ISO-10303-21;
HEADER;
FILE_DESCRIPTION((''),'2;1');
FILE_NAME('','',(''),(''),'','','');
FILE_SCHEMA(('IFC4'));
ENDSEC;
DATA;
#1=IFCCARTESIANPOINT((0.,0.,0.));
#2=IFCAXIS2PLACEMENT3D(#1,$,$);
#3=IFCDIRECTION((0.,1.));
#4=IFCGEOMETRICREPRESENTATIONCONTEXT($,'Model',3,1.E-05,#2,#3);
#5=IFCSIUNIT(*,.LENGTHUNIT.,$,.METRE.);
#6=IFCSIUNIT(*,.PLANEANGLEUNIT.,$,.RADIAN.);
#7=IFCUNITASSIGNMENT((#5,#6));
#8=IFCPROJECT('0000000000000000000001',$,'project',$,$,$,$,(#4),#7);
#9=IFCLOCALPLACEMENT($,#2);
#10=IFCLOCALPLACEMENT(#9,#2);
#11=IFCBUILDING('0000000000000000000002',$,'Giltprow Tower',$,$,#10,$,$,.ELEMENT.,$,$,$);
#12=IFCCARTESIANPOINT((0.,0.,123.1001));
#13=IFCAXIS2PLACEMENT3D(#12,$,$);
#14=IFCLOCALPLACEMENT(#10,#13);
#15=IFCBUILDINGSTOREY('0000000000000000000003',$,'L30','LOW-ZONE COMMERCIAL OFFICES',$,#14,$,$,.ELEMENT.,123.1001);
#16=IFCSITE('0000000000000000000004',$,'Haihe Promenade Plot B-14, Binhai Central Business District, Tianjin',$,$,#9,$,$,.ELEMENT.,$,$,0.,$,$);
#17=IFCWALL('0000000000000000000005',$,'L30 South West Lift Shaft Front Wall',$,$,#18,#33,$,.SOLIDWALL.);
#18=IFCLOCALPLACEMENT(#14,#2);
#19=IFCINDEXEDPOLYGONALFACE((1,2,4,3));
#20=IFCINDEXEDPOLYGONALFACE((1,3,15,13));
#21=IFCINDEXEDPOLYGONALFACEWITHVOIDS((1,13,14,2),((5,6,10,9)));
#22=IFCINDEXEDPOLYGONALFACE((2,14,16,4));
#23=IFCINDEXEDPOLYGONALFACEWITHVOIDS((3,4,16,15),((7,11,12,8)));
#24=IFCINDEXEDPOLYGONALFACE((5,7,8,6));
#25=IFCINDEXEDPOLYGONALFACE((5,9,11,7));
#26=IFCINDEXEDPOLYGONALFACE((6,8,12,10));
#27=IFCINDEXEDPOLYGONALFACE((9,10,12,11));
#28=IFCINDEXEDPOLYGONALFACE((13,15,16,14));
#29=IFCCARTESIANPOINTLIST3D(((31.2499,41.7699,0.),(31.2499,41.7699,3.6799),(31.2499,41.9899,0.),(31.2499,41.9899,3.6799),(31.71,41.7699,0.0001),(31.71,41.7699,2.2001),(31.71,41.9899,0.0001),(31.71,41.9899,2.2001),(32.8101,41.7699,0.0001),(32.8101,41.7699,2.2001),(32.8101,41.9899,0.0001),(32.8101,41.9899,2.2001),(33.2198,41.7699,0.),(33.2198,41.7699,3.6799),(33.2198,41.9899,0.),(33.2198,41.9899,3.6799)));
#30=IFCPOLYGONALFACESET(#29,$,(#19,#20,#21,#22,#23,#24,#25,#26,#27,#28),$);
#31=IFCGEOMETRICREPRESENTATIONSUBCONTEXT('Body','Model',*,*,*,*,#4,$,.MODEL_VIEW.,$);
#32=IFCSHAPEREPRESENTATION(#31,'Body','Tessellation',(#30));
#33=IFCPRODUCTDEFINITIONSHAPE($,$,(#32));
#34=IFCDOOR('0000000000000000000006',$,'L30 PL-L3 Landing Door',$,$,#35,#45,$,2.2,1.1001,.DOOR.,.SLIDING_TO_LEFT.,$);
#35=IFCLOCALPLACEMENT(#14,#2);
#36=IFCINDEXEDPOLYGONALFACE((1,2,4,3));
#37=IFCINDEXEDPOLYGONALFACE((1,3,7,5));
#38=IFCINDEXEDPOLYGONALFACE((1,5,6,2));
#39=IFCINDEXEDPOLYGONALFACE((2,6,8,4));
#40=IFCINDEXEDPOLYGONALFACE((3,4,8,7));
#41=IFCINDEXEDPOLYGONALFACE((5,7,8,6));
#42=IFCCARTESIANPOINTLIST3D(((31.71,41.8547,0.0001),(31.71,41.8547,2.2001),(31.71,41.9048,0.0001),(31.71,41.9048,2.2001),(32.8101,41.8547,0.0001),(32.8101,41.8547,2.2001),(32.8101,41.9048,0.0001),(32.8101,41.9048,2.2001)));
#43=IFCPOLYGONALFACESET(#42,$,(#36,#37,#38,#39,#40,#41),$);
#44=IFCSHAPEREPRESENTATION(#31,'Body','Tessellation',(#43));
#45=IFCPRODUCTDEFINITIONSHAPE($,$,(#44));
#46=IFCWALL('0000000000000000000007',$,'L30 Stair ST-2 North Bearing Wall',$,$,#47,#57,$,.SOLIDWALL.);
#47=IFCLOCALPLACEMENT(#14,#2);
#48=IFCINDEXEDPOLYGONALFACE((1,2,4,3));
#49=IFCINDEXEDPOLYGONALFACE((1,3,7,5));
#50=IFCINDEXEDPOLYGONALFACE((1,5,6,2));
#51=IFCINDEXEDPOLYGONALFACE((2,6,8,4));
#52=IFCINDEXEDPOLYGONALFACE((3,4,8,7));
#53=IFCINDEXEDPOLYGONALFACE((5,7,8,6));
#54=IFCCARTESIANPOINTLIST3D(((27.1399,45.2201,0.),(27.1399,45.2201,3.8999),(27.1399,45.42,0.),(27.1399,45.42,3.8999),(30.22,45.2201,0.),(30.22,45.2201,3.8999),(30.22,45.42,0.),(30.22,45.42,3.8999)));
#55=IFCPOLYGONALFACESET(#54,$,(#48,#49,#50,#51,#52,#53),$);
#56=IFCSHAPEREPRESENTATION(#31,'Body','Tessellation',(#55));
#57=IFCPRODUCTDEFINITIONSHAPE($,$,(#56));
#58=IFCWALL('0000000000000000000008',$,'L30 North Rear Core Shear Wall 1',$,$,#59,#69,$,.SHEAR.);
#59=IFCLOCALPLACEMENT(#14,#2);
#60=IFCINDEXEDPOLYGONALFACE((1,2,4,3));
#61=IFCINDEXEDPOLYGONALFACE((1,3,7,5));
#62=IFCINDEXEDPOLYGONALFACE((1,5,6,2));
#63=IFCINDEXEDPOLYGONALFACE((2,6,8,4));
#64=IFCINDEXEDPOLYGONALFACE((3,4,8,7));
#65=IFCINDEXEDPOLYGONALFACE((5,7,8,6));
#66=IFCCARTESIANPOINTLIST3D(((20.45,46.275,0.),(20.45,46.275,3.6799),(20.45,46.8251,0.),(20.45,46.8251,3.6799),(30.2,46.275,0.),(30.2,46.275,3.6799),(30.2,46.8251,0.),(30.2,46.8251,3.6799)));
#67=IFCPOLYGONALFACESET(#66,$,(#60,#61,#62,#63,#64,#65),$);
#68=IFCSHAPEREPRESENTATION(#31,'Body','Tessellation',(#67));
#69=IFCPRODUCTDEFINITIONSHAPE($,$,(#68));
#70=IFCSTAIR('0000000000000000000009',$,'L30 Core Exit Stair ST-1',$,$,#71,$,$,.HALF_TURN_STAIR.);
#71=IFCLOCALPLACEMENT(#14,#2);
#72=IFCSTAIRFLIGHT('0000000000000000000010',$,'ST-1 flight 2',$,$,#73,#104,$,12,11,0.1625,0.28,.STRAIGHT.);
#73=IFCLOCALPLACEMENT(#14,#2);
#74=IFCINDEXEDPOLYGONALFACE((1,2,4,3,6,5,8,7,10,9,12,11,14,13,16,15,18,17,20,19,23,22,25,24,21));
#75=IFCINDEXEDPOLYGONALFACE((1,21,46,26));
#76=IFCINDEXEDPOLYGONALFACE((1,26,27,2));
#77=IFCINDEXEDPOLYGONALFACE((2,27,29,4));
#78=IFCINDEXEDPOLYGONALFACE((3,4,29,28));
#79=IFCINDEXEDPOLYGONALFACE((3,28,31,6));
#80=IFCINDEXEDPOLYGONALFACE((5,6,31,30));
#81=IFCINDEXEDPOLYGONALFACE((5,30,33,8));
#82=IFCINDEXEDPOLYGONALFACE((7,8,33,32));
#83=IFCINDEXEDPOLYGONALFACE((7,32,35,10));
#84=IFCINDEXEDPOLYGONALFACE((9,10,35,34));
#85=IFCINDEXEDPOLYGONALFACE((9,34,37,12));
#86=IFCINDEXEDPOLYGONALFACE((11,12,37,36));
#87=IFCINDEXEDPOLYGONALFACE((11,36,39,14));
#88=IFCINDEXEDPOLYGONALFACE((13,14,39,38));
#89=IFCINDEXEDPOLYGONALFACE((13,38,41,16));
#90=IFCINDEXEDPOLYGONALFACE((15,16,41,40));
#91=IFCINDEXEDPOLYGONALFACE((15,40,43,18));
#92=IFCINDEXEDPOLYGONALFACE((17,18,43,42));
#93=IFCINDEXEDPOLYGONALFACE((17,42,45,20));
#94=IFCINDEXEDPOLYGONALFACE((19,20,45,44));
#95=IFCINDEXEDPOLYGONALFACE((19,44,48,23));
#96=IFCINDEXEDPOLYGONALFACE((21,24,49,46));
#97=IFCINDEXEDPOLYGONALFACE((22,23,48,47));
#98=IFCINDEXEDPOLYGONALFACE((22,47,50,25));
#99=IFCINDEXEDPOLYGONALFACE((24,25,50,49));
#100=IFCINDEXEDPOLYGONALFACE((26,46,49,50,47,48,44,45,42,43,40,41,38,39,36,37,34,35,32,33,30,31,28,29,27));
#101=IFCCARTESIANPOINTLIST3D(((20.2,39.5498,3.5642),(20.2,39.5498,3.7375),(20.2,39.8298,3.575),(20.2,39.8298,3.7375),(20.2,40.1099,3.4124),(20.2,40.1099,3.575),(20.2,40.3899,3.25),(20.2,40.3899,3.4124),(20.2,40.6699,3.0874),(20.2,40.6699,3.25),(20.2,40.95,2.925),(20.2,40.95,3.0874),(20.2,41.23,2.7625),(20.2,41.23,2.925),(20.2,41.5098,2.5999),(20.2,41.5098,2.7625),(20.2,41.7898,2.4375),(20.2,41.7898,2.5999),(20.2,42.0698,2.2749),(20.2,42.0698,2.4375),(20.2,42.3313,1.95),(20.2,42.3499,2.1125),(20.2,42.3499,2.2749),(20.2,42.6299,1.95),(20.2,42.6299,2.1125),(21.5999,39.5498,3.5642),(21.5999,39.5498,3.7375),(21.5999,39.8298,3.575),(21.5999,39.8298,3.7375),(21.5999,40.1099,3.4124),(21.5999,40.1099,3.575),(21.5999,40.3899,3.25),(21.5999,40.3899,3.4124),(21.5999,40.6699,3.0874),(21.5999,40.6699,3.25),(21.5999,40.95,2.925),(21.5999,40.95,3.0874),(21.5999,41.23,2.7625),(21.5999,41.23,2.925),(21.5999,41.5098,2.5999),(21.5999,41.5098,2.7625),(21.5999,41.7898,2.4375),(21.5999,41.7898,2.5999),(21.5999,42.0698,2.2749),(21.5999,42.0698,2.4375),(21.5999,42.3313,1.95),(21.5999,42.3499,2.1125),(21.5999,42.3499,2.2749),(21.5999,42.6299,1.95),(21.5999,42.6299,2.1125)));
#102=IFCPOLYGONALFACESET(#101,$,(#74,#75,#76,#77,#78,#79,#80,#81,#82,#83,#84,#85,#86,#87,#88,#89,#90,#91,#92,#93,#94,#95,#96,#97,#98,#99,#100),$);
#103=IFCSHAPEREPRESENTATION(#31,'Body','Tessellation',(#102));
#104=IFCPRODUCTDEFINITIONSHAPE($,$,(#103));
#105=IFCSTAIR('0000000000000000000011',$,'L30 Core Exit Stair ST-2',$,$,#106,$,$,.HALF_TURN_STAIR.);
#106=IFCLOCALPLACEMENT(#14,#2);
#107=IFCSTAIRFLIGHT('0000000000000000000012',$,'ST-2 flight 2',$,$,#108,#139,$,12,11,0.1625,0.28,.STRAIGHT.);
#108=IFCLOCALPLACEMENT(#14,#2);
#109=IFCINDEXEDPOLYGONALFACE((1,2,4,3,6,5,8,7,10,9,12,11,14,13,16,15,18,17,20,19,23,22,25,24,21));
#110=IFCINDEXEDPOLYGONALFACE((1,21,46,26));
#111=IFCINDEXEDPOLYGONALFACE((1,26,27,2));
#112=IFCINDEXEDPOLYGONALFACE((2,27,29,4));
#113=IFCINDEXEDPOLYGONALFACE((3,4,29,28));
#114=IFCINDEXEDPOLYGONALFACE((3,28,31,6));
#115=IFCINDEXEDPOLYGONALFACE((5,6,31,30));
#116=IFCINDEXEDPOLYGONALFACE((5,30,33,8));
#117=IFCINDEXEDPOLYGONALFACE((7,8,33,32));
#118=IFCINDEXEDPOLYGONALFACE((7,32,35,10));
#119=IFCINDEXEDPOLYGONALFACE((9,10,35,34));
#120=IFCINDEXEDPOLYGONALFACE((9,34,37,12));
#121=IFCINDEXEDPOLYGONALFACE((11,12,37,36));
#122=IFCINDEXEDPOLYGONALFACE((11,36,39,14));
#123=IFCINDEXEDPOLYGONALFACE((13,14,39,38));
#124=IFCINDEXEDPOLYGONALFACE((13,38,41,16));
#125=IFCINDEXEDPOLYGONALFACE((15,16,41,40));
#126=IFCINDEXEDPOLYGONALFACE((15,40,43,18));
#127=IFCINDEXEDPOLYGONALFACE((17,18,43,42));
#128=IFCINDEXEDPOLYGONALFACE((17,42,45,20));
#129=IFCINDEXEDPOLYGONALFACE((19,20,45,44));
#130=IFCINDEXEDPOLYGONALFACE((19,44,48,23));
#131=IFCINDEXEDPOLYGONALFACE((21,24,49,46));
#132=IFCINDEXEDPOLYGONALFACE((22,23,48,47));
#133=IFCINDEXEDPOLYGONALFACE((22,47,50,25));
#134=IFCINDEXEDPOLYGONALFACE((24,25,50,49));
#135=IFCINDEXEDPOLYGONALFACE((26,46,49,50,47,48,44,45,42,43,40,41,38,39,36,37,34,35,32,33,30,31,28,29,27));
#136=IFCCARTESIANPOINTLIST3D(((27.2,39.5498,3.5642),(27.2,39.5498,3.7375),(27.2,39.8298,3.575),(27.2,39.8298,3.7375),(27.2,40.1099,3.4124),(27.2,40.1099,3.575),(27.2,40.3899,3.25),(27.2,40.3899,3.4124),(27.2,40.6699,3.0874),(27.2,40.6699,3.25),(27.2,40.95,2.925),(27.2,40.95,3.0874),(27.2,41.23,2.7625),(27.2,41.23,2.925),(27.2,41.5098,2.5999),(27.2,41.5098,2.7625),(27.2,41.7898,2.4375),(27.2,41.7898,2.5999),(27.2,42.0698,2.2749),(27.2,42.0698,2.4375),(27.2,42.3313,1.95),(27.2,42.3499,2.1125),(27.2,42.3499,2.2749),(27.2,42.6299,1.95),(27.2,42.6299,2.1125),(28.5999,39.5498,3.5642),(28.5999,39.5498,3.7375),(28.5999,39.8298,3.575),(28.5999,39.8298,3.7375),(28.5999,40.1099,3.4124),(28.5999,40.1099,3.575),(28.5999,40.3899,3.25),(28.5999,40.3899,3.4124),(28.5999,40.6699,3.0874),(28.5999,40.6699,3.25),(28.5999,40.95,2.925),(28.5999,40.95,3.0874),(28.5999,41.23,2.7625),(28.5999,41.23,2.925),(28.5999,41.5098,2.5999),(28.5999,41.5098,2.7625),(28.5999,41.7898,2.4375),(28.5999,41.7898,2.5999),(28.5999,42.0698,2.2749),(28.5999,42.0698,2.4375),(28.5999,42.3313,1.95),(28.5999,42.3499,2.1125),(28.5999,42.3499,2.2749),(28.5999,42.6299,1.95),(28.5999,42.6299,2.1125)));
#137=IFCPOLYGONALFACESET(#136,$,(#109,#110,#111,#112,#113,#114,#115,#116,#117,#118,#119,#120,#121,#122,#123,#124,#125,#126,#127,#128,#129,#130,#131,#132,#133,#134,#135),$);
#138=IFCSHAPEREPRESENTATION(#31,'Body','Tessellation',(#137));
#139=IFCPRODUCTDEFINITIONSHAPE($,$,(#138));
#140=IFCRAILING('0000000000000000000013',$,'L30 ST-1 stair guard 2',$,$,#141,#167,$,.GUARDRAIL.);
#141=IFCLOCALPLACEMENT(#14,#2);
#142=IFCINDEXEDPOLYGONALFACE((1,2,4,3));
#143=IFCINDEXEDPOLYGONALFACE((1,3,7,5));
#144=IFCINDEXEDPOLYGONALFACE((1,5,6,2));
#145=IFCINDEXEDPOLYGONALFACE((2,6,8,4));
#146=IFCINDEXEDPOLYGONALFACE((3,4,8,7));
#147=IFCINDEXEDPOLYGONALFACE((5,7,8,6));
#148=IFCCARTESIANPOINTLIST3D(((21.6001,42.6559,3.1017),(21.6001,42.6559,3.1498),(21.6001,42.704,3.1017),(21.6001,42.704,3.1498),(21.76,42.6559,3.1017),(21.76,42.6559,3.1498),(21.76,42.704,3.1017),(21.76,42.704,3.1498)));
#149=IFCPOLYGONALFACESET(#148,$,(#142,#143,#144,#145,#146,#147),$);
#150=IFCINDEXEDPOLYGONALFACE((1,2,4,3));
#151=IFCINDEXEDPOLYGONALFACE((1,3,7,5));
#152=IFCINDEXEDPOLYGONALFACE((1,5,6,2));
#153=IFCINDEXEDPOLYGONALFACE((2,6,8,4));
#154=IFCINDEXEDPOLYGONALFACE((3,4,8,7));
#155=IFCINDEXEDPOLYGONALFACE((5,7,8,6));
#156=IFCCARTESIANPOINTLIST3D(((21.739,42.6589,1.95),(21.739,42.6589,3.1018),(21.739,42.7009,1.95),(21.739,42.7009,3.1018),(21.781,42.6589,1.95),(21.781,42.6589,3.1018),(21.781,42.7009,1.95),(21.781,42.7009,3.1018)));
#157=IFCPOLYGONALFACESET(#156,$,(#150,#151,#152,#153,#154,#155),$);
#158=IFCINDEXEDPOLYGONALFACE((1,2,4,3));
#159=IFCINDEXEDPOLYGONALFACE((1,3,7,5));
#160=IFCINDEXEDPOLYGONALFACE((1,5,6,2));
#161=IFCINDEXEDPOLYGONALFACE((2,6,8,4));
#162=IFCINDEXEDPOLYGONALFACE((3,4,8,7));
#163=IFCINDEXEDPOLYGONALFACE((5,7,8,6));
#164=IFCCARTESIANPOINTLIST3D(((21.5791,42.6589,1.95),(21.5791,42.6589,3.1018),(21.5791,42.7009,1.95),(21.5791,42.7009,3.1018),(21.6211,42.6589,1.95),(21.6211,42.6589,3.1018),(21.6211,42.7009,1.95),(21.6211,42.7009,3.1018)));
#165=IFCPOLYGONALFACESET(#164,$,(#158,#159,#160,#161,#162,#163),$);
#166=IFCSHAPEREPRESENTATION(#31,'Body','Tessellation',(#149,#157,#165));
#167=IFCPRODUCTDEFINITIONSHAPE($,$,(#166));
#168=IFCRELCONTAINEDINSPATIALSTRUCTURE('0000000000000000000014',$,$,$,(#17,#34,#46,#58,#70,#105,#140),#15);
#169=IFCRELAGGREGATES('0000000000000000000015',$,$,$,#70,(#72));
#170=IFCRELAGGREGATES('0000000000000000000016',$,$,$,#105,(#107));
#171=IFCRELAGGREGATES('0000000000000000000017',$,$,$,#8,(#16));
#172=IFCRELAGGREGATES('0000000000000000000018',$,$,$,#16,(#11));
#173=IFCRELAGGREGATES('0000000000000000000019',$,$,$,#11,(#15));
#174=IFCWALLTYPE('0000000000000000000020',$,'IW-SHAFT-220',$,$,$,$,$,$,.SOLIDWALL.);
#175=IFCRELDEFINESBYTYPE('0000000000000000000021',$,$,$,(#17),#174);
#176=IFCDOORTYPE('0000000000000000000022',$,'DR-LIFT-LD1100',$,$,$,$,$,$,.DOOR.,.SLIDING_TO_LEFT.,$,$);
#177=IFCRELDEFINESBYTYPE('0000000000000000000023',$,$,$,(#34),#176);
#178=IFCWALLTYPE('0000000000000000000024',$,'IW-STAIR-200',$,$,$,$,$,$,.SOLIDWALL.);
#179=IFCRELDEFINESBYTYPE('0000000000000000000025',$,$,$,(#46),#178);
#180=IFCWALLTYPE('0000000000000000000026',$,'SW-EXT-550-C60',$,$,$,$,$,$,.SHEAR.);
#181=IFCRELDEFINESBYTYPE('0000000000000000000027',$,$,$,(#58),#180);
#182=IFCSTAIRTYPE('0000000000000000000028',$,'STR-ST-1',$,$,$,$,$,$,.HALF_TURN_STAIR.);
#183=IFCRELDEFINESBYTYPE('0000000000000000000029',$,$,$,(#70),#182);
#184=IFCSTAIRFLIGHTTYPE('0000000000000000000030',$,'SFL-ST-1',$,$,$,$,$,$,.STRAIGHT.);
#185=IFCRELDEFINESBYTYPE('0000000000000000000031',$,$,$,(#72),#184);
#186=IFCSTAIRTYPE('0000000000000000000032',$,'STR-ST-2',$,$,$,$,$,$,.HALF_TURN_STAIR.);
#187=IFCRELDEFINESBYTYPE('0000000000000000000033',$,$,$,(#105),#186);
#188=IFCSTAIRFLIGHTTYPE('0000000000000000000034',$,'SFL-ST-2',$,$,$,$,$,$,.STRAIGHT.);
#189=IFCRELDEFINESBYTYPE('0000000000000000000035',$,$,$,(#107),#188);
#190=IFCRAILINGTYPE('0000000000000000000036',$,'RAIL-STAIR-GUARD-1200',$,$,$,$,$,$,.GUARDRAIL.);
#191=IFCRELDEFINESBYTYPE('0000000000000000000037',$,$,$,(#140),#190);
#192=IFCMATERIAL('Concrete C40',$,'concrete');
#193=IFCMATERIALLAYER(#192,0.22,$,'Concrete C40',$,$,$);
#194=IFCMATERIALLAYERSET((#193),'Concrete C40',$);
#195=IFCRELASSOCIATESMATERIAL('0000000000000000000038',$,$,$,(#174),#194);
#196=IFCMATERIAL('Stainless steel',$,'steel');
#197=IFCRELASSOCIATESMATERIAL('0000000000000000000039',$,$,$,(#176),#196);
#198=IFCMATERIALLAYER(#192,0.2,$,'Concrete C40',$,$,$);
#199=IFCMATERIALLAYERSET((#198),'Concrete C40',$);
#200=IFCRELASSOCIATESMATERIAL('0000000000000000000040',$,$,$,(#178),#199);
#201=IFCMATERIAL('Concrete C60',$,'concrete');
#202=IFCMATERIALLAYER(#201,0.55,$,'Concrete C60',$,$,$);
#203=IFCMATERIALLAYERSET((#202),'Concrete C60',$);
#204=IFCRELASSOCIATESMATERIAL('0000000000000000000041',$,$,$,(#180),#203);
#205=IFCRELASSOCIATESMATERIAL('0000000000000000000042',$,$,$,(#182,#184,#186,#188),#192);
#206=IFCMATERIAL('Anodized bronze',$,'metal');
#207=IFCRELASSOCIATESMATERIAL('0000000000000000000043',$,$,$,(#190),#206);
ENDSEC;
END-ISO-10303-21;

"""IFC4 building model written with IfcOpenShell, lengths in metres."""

from ifc_helpers import new_model, si_unit, direction, frame, frame_2d, origin, origin_2d, place, context, subcontext, project, spatial, polyline, rectangle, outline, extrude, source, transform, mapped, material, layer, layer_set, type_object, element, fill, aggregate, save


model = new_model("IFC4")

# Units and contexts
model_context = context("Model", 3, precision=1e-05, world=origin(), true_north=direction((0.0, 1.0)))
body_context = subcontext(model_context, "Body", "Model", "MODEL_VIEW")
ifc_project = project(units=[si_unit("LENGTHUNIT", "METRE"), si_unit("PLANEANGLEUNIT", "RADIAN")], contexts=[model_context])

# Site, building, storey
site_placement = place(None, origin())
site = spatial("IfcSite", under=ifc_project, at=site_placement, Name="Haihe Promenade Plot B-14, Binhai Central Business District, Tianjin", CompositionType="ELEMENT", RefElevation=0.0)
building_placement = place(site_placement, origin())
building = spatial("IfcBuilding", under=site, at=building_placement, Name="Giltprow Tower", CompositionType="ELEMENT")
storey_placement = place(building_placement, frame((0.0, 0.0, 123.1001)))
storey = spatial("IfcBuildingStorey", under=building, at=storey_placement, Name="L30", Description="LOW-ZONE COMMERCIAL OFFICES", CompositionType="ELEMENT", Elevation=123.1001)

# Shared definitions
ifc_material_1 = material(Name="Concrete C60", Category="concrete")

# Shared definitions
ifc_material_2 = material(Name="Concrete C40", Category="concrete")
ifc_layer_1 = layer(ifc_material_2, 0.22, Name="Concrete C40")
ifc_layer_set_1 = layer_set([ifc_layer_1], Name="Concrete C40")
wall_type_1 = type_object("IfcWallType", Name="IW-SHAFT-220", PredefinedType="SOLIDWALL", material=ifc_layer_set_1)
ifc_material_3 = material(Name="Stainless steel", Category="steel")
door_type = type_object("IfcDoorType", Name="DR-LIFT-LD1100", OperationType="SLIDING_TO_LEFT", PredefinedType="DOOR", material=ifc_material_3)
shared_shape_1 = source(origin(), body_context, "Body", "SweptSolid", [
    extrude(rectangle(XDim=1.1001, YDim=2.2, at=frame_2d((0.55, 1.1001))), frame((0.0, 0.0249, 0.0), z_axis=(0.0, -1.0, 0.0), x_axis=(1.0, 0.0, 0.0)), (0.0, 0.0, 1.0), 0.05),
])

# Wall, opening, door
wall_1_placement = place(storey_placement, frame((31.25, 41.8799, 0.0), z_axis=(0.0, 0.0, 1.0), x_axis=(1.0, 0.0, 0.0)))
wall_1 = element("IfcWall", 1, at=wall_1_placement, inside=storey, type_object=wall_type_1, Name="L30 South West Lift Shaft Front Wall", PredefinedType="SOLIDWALL", context=body_context, shape_type="SweptSolid", body=[
    extrude(rectangle(XDim=1.97, YDim=0.22, at=frame_2d((0.9849, 0.0))), origin(), (0.0, 0.0, 1.0), 3.6799),
])
opening_1_placement = place(wall_1_placement, frame((0.46, 0.0, 0.0)))
opening_1 = element("IfcOpeningElement", 2, at=opening_1_placement, cuts=wall_1, PredefinedType="OPENING", context=body_context, shape_type="SweptSolid", body=[
    extrude(rectangle(XDim=1.1001, YDim=2.2, at=frame_2d((0.55, 1.1001))), frame((0.0, 0.1199, 0.0), z_axis=(0.0, -1.0, 0.0), x_axis=(1.0, 0.0, 0.0)), (0.0, 0.0, 1.0), 0.24),
])
door_1_placement = place(opening_1_placement, origin())
door_1 = element("IfcDoor", 3, at=door_1_placement, inside=storey, type_object=door_type, Name="L30 PL-L3 Landing Door", OperationType="SLIDING_TO_LEFT", OverallHeight=2.2, OverallWidth=1.1001, PredefinedType="DOOR", context=body_context, shape_type="MappedRepresentation", body=[
    mapped(shared_shape_1, transform((0.0, 0.0, 0.0), x_axis=(1.0, 0.0, 0.0), y_axis=(0.0, 1.0, 0.0), z_axis=(0.0, 0.0, 1.0), scale=1.0)),
])
fill(opening_1, door_1)

# Walls
ifc_layer_2 = layer(ifc_material_2, 0.2, Name="Concrete C40")
ifc_layer_set_2 = layer_set([ifc_layer_2], Name="Concrete C40")
wall_type_2 = type_object("IfcWallType", Name="IW-STAIR-200", PredefinedType="SOLIDWALL", material=ifc_layer_set_2)
wall_2_placement = place(storey_placement, frame((27.1399, 45.3201, 0.0), z_axis=(0.0, 0.0, 1.0), x_axis=(1.0, 0.0, 0.0)))
element("IfcWall", 4, at=wall_2_placement, inside=storey, type_object=wall_type_2, Name="L30 Stair ST-2 North Bearing Wall", PredefinedType="SOLIDWALL", context=body_context, shape_type="SweptSolid", body=[
    extrude(rectangle(XDim=3.0801, YDim=0.2, at=frame_2d((1.54, 0.0))), origin(), (0.0, 0.0, 1.0), 3.8999),
])
ifc_layer_3 = layer(ifc_material_1, 0.55, Name="Concrete C60")
ifc_layer_set_3 = layer_set([ifc_layer_3], Name="Concrete C60")
wall_type_3 = type_object("IfcWallType", Name="SW-EXT-550-C60", PredefinedType="SHEAR", material=ifc_layer_set_3)
wall_3_placement = place(storey_placement, frame((20.45, 46.55, 0.0), z_axis=(0.0, 0.0, 1.0), x_axis=(1.0, 0.0, 0.0)))
element("IfcWall", 5, at=wall_3_placement, inside=storey, type_object=wall_type_3, Name="L30 North Rear Core Shear Wall 1", PredefinedType="SHEAR", context=body_context, shape_type="SweptSolid", body=[
    extrude(rectangle(XDim=9.75, YDim=0.55, at=frame_2d((4.875, 0.0))), origin(), (0.0, 0.0, 1.0), 3.6799),
])

# Stairs, stair flights
stair_type_1 = type_object("IfcStairType", Name="STR-ST-1", PredefinedType="HALF_TURN_STAIR", material=ifc_material_2)
stair_1_placement = place(storey_placement, origin())
stair_1 = element("IfcStair", 6, at=stair_1_placement, inside=storey, type_object=stair_type_1, Name="L30 Core Exit Stair ST-1", PredefinedType="HALF_TURN_STAIR")
stair_flight_type_1 = type_object("IfcStairFlightType", Name="SFL-ST-1", PredefinedType="STRAIGHT", material=ifc_material_2)
stair_flight_1_placement = place(storey_placement, frame((20.8999, 42.6299, 1.95), z_axis=(0.0, 0.0, 1.0), x_axis=(0.0, -1.0, 0.0)))
stair_flight_1 = element("IfcStairFlight", 7, at=stair_flight_1_placement, type_object=stair_flight_type_1, Name="ST-1 flight 2", NumberOfRisers=12, NumberOfTreads=11, PredefinedType="STRAIGHT", RiserHeight=0.1625, TreadLength=0.28, context=body_context, shape_type="SweptSolid", body=[
    extrude(outline(polyline([(0.0, 0.0), (0.0, 0.1626), (0.28, 0.1626), (0.28, 0.325), (0.5601, 0.325), (0.5601, 0.4875), (0.8401, 0.4875), (0.8401, 0.6499), (1.1201, 0.6499), (1.1201, 0.8125), (1.3999, 0.8125), (1.3999, 0.9751), (1.6799, 0.9751), (1.6799, 1.1375), (1.96, 1.1375), (1.96, 1.3), (2.24, 1.3), (2.24, 1.4624), (2.52, 1.4624), (2.52, 1.625), (2.8, 1.625), (2.8, 1.7876), (3.0801, 1.7876), (3.0801, 1.95), (3.0801, 1.6143), (0.2986, 0.0), (0.0, 0.0)])), frame((0.0, 0.7, 0.0), z_axis=(0.0, -1.0, 0.0), x_axis=(1.0, 0.0, 0.0)), (0.0, 0.0, 1.0), 1.3999),
])
aggregate(stair_1, [stair_flight_1])
stair_type_2 = type_object("IfcStairType", Name="STR-ST-2", PredefinedType="HALF_TURN_STAIR", material=ifc_material_2)
stair_2_placement = place(storey_placement, origin())
stair_2 = element("IfcStair", 8, at=stair_2_placement, inside=storey, type_object=stair_type_2, Name="L30 Core Exit Stair ST-2", PredefinedType="HALF_TURN_STAIR")
stair_flight_type_2 = type_object("IfcStairFlightType", Name="SFL-ST-2", PredefinedType="STRAIGHT", material=ifc_material_2)
stair_flight_2_placement = place(storey_placement, frame((27.8999, 42.6299, 1.95), z_axis=(0.0, 0.0, 1.0), x_axis=(0.0, -1.0, 0.0)))
stair_flight_2 = element("IfcStairFlight", 9, at=stair_flight_2_placement, type_object=stair_flight_type_2, Name="ST-2 flight 2", NumberOfRisers=12, NumberOfTreads=11, PredefinedType="STRAIGHT", RiserHeight=0.1625, TreadLength=0.28, context=body_context, shape_type="SweptSolid", body=[
    extrude(outline(polyline([(0.0, 0.0), (0.0, 0.1626), (0.28, 0.1626), (0.28, 0.325), (0.5601, 0.325), (0.5601, 0.4875), (0.8401, 0.4875), (0.8401, 0.6499), (1.1201, 0.6499), (1.1201, 0.8125), (1.3999, 0.8125), (1.3999, 0.9751), (1.6799, 0.9751), (1.6799, 1.1375), (1.96, 1.1375), (1.96, 1.3), (2.24, 1.3), (2.24, 1.4624), (2.52, 1.4624), (2.52, 1.625), (2.8, 1.625), (2.8, 1.7876), (3.0801, 1.7876), (3.0801, 1.95), (3.0801, 1.6143), (0.2986, 0.0), (0.0, 0.0)])), frame((0.0, 0.7, 0.0), z_axis=(0.0, -1.0, 0.0), x_axis=(1.0, 0.0, 0.0)), (0.0, 0.0, 1.0), 1.3999),
])
aggregate(stair_2, [stair_flight_2])

# Railing
ifc_material_4 = material(Name="Anodized bronze", Category="metal")
railing_type_1 = type_object("IfcRailingType", Name="RAIL-STAIR-GUARD-1200", PredefinedType="GUARDRAIL", material=ifc_material_4)
railing_1_placement = place(storey_placement, frame((21.76, 42.6799, 1.95)))
element("IfcRailing", 10, at=railing_1_placement, inside=storey, type_object=railing_type_1, Name="L30 ST-1 stair guard 2", PredefinedType="GUARDRAIL", context=body_context, shape_type="SweptSolid", body=[
    extrude(rectangle(XDim=0.0481, YDim=0.0481, at=origin_2d()), frame((0.0, 0.0, 1.1758), z_axis=(-1.0, 0.0, 0.0), x_axis=(0.0, -1.0, 0.0)), (0.0, 0.0, 1.0), 0.1599),
    extrude(rectangle(XDim=0.042, YDim=0.042, at=origin_2d()), origin(), (0.0, 0.0, 1.0), 1.1519),
    extrude(rectangle(XDim=0.042, YDim=0.042, at=origin_2d()), frame((-0.1599, 0.0, 0.0)), (0.0, 0.0, 1.0), 1.1519),
])

save(model, "model.ifc")
